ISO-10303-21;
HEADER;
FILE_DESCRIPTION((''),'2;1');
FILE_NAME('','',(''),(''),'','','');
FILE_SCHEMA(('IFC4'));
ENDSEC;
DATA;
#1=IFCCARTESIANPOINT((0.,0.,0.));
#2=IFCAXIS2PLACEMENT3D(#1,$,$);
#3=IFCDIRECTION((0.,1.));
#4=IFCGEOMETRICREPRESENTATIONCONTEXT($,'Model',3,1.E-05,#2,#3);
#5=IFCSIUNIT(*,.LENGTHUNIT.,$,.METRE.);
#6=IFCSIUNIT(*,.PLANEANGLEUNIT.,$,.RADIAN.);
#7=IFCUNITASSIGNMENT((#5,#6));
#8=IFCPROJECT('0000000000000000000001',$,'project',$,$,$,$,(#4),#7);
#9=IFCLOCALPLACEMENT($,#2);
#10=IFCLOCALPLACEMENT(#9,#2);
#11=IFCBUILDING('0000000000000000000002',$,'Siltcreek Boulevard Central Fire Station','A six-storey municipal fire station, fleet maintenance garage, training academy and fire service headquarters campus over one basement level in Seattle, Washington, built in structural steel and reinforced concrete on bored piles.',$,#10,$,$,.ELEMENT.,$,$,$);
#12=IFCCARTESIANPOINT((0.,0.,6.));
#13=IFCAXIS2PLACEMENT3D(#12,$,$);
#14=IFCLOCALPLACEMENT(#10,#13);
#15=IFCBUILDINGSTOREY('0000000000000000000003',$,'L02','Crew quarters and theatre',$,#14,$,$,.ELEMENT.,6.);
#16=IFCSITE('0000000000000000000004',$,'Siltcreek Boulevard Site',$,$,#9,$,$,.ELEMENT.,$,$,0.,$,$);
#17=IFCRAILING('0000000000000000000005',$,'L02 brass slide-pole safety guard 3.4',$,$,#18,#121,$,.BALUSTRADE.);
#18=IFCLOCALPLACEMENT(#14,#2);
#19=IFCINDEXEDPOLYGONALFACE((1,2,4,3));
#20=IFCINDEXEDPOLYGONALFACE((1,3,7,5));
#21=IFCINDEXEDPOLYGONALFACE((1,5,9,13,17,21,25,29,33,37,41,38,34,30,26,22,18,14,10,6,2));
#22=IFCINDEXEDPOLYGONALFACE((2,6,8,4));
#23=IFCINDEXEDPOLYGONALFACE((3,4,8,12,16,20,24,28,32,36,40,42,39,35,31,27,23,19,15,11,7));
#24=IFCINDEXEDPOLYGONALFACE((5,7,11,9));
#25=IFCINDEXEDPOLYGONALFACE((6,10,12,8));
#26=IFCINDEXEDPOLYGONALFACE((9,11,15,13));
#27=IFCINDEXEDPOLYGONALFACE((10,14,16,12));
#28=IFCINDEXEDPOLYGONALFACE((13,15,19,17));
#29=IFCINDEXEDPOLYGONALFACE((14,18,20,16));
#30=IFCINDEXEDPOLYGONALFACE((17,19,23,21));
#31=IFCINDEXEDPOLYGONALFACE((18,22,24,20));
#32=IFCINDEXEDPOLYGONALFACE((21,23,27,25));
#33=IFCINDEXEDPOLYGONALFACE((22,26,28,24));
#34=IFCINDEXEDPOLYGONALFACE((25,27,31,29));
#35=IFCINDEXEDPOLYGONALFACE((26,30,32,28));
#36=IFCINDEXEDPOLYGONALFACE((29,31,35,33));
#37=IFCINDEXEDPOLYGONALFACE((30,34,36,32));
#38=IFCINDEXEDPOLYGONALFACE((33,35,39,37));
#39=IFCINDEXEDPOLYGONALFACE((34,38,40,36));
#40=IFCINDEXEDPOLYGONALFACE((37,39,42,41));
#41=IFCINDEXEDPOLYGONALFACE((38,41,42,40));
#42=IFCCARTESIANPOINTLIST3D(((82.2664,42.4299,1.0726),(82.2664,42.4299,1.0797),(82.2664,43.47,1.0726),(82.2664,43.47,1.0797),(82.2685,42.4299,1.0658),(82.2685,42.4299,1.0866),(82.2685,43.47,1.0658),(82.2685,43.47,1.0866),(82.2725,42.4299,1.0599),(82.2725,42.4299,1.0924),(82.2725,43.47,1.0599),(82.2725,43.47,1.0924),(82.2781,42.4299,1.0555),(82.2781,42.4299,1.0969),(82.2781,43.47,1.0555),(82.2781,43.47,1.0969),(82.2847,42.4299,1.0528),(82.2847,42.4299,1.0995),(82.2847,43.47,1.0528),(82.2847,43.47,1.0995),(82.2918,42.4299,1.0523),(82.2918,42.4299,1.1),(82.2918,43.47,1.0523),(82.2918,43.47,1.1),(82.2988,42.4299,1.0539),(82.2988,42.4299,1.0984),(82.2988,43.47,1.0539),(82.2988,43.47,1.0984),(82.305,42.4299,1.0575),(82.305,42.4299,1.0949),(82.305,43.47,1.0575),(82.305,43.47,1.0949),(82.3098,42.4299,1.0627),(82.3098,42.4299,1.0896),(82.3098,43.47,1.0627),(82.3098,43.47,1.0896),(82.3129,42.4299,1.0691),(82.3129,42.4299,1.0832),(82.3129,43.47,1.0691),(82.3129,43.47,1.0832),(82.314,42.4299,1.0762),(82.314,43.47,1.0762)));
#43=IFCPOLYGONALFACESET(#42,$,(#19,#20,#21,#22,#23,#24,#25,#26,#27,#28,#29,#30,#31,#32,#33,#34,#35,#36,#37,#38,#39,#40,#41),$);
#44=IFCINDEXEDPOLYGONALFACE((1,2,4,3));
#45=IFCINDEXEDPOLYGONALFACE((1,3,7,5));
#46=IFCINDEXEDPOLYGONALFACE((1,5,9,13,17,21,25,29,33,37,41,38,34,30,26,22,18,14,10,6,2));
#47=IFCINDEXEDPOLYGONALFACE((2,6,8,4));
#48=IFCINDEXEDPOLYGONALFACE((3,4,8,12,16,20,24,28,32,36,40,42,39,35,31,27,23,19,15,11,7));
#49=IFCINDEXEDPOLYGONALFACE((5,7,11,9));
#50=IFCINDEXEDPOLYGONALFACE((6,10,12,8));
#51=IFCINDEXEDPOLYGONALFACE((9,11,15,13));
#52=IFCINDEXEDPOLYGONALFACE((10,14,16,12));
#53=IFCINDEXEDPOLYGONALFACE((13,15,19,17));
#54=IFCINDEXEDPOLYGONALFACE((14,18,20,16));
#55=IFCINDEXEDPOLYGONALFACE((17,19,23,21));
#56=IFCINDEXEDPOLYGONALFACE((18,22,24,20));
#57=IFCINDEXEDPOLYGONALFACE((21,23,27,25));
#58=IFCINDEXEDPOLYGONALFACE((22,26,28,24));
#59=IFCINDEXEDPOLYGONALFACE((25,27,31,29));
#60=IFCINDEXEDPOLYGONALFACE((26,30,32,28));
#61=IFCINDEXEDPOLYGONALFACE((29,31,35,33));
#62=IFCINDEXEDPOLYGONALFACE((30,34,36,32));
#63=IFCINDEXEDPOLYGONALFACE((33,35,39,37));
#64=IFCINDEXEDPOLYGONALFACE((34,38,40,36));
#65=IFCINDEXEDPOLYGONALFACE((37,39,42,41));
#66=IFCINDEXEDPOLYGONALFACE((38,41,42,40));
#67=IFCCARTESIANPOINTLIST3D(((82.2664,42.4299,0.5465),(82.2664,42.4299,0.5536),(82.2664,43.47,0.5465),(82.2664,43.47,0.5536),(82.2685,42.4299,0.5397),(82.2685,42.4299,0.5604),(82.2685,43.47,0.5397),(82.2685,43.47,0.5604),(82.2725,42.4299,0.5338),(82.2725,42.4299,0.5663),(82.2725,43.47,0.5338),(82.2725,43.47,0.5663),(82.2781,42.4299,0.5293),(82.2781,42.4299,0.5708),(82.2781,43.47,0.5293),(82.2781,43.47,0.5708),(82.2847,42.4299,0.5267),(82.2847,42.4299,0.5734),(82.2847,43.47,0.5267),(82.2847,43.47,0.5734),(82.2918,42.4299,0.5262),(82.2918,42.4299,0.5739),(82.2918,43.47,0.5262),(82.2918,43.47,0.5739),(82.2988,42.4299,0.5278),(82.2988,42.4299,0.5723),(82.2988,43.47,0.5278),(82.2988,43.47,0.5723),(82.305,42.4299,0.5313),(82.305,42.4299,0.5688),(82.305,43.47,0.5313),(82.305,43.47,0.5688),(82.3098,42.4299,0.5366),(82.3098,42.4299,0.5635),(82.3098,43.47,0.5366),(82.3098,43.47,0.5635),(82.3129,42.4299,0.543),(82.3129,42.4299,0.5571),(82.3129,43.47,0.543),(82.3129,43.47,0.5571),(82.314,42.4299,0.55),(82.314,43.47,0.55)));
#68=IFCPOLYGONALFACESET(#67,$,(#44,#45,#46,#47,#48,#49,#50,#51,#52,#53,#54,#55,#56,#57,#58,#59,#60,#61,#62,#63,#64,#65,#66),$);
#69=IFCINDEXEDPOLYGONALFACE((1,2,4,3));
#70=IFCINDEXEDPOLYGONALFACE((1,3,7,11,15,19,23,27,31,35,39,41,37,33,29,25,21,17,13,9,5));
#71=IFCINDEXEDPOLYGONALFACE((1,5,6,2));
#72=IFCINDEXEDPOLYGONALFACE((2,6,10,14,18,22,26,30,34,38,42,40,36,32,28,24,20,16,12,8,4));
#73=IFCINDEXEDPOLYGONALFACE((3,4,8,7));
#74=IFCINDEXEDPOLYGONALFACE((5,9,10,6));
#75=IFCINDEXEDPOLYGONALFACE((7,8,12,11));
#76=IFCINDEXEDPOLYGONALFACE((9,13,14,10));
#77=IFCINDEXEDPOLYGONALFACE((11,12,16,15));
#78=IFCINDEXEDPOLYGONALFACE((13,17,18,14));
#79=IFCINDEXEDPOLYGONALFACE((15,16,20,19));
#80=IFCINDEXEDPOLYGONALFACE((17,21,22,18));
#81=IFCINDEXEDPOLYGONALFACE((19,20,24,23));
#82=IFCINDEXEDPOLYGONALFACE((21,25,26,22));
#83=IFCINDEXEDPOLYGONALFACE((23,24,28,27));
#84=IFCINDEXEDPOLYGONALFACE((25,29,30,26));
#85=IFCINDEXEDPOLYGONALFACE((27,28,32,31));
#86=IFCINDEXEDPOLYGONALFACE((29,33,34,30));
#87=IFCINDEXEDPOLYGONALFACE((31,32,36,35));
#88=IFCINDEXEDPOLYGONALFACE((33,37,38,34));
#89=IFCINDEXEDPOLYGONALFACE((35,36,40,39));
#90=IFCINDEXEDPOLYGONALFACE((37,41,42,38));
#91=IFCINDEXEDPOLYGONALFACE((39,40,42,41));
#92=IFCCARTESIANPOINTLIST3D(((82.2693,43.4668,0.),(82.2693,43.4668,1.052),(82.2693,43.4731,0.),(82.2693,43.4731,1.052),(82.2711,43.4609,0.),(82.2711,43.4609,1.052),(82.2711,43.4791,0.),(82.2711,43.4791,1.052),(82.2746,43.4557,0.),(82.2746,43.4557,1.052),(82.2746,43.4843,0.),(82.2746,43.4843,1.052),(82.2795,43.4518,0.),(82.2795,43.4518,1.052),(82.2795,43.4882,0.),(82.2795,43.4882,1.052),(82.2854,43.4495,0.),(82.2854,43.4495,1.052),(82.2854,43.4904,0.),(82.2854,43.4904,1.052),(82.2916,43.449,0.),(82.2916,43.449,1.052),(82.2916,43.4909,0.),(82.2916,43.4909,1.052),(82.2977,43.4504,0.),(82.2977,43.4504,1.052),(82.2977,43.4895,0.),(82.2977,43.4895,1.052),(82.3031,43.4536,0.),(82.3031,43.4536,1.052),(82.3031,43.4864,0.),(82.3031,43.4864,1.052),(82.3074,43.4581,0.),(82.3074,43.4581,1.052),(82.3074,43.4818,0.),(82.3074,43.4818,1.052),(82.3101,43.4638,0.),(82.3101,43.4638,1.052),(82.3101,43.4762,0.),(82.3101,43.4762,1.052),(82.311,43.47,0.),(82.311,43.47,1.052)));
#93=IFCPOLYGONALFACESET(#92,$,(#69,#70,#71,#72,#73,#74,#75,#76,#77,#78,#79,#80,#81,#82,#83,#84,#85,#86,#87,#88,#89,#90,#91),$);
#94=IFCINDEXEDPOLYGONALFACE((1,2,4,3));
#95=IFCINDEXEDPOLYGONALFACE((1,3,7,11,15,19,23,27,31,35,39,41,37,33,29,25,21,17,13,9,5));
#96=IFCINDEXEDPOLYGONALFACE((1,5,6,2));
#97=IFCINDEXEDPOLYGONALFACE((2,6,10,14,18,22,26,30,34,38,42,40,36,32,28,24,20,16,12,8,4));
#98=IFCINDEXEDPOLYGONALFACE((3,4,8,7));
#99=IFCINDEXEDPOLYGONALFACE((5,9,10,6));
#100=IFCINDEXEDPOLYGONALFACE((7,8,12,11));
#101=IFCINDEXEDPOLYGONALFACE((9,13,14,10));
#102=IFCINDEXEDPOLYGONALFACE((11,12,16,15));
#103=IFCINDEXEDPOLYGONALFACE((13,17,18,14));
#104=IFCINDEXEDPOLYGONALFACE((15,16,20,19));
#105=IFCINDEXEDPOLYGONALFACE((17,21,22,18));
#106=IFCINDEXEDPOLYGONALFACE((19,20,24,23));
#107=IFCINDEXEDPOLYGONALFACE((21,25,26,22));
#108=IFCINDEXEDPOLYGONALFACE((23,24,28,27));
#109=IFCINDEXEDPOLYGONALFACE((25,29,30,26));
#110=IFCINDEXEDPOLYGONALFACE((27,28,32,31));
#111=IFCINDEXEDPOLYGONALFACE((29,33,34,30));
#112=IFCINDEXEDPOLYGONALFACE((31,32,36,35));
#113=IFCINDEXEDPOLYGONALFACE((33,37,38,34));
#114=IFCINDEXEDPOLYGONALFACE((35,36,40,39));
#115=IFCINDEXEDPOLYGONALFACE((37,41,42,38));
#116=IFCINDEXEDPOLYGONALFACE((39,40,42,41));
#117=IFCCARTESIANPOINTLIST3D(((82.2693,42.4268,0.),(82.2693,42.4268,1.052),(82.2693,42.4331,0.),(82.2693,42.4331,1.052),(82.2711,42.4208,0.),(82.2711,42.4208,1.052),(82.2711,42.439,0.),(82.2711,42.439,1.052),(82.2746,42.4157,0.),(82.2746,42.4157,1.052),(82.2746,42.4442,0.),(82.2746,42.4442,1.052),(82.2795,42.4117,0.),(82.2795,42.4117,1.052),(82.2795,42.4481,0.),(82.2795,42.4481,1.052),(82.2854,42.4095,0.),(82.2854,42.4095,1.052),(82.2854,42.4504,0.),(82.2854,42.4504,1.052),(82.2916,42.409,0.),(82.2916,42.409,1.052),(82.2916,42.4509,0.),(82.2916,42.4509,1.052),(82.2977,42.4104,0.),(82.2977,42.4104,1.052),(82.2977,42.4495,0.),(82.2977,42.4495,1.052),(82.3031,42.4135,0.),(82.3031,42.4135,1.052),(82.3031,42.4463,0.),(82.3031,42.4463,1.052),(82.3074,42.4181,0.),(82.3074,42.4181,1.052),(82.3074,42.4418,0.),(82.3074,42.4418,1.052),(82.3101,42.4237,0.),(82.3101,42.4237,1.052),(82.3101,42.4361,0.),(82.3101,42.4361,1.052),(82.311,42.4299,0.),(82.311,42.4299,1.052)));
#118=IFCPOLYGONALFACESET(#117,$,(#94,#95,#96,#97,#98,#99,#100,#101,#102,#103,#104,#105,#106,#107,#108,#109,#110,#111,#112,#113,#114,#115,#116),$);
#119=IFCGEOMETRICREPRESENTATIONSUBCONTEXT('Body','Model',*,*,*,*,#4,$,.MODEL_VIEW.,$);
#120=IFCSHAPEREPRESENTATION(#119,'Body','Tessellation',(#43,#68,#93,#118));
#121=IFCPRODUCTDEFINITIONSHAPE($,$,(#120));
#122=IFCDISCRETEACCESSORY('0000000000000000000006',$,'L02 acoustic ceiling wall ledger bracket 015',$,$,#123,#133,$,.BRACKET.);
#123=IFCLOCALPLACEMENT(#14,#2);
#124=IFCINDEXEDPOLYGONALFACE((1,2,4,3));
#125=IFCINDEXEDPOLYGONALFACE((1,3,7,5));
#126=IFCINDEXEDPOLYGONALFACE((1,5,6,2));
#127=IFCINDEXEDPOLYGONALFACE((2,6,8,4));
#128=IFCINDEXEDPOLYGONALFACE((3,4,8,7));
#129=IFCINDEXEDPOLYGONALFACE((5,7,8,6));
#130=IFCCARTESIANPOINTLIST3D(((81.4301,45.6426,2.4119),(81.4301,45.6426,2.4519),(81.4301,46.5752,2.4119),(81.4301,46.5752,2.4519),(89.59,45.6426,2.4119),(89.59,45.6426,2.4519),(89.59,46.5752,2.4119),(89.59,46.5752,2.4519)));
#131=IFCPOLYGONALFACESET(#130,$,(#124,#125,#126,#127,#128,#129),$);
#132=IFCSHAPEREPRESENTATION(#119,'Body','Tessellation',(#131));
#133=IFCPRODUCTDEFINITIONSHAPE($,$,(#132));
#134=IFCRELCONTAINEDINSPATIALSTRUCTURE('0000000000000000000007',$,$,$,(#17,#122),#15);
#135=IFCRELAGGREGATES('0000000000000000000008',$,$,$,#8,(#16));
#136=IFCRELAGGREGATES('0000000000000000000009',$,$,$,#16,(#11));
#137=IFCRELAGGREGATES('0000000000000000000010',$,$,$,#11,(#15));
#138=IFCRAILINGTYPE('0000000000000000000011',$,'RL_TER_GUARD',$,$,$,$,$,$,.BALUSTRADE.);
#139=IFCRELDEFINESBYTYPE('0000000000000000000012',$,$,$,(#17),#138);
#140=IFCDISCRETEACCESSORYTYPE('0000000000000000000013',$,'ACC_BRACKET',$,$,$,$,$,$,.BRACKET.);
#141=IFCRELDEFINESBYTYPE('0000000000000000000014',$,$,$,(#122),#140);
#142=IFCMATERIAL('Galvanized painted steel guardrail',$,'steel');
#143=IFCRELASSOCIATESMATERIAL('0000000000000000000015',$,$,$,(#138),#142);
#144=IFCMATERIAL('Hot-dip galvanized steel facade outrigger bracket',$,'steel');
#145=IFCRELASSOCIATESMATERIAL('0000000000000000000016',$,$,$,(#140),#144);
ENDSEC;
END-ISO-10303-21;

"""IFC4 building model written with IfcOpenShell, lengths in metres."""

from ifc_helpers import new_model, si_unit, direction, frame, origin, origin_2d, place, context, subcontext, project, spatial, rectangle, circle, extrude, material, type_object, element, save


model = new_model("IFC4")

# Units and contexts
model_context = context("Model", 3, precision=1e-05, world=origin(), true_north=direction((0.0, 1.0)))
body_context = subcontext(model_context, "Body", "Model", "MODEL_VIEW")
ifc_project = project(units=[si_unit("LENGTHUNIT", "METRE"), si_unit("PLANEANGLEUNIT", "RADIAN")], contexts=[model_context])

# Site, building, storey
site_placement = place(None, origin())
site = spatial("IfcSite", under=ifc_project, at=site_placement, Name="Siltcreek Boulevard Site", CompositionType="ELEMENT", RefElevation=0.0)
building_placement = place(site_placement, origin())
building = spatial("IfcBuilding", under=site, at=building_placement, Name="Siltcreek Boulevard Central Fire Station", Description="A six-storey municipal fire station, fleet maintenance garage, training academy and fire service headquarters campus over one basement level in Seattle, Washington, built in structural steel and reinforced concrete on bored piles.", CompositionType="ELEMENT")
storey_placement = place(building_placement, frame((0.0, 0.0, 6.0)))
storey = spatial("IfcBuildingStorey", under=building, at=storey_placement, Name="L02", Description="Crew quarters and theatre", CompositionType="ELEMENT", Elevation=6.0)

# Railing
ifc_material_1 = material(Name="Galvanized painted steel guardrail", Category="steel")
railing_type = type_object("IfcRailingType", Name="RL_TER_GUARD", PredefinedType="BALUSTRADE", material=ifc_material_1)
railing_1_placement = place(storey_placement, frame((82.29, 43.47, 0.0)))
element("IfcRailing", 1, at=railing_1_placement, inside=storey, type_object=railing_type, Name="L02 brass slide-pole safety guard 3.4", PredefinedType="BALUSTRADE", context=body_context, shape_type="SweptSolid", body=[
    extrude(circle(Radius=0.0239, at=origin_2d()), frame((0.0, 0.0, 1.0762), z_axis=(0.0, -1.0, 0.0), x_axis=(1.0, 0.0, 0.0)), (0.0, 0.0, 1.0), 1.04),
    extrude(circle(Radius=0.0239, at=origin_2d()), frame((0.0, 0.0, 0.55), z_axis=(0.0, -1.0, 0.0), x_axis=(1.0, 0.0, 0.0)), (0.0, 0.0, 1.0), 1.04),
    extrude(circle(Radius=0.021, at=origin_2d()), origin(), (0.0, 0.0, 1.0), 1.052),
    extrude(circle(Radius=0.021, at=origin_2d()), frame((0.0, -1.04, 0.0)), (0.0, 0.0, 1.0), 1.052),
])

# Discrete accessory
ifc_material_2 = material(Name="Hot-dip galvanized steel facade outrigger bracket", Category="steel")
discrete_accessory_type = type_object("IfcDiscreteAccessoryType", Name="ACC_BRACKET", PredefinedType="BRACKET", material=ifc_material_2)
discrete_accessory_placement = place(storey_placement, frame((85.51, 46.1089, 2.4119), z_axis=(0.0, 0.0, 1.0), x_axis=(1.0, 0.0, 0.0)))
element("IfcDiscreteAccessory", 2, at=discrete_accessory_placement, inside=storey, type_object=discrete_accessory_type, Name="L02 acoustic ceiling wall ledger bracket 015", PredefinedType="BRACKET", context=body_context, shape_type="SweptSolid", body=[
    extrude(rectangle(XDim=8.1599, YDim=0.9326, at=origin_2d()), origin(), (0.0, 0.0, 1.0), 0.04),
])

save(model, "model.ifc")
